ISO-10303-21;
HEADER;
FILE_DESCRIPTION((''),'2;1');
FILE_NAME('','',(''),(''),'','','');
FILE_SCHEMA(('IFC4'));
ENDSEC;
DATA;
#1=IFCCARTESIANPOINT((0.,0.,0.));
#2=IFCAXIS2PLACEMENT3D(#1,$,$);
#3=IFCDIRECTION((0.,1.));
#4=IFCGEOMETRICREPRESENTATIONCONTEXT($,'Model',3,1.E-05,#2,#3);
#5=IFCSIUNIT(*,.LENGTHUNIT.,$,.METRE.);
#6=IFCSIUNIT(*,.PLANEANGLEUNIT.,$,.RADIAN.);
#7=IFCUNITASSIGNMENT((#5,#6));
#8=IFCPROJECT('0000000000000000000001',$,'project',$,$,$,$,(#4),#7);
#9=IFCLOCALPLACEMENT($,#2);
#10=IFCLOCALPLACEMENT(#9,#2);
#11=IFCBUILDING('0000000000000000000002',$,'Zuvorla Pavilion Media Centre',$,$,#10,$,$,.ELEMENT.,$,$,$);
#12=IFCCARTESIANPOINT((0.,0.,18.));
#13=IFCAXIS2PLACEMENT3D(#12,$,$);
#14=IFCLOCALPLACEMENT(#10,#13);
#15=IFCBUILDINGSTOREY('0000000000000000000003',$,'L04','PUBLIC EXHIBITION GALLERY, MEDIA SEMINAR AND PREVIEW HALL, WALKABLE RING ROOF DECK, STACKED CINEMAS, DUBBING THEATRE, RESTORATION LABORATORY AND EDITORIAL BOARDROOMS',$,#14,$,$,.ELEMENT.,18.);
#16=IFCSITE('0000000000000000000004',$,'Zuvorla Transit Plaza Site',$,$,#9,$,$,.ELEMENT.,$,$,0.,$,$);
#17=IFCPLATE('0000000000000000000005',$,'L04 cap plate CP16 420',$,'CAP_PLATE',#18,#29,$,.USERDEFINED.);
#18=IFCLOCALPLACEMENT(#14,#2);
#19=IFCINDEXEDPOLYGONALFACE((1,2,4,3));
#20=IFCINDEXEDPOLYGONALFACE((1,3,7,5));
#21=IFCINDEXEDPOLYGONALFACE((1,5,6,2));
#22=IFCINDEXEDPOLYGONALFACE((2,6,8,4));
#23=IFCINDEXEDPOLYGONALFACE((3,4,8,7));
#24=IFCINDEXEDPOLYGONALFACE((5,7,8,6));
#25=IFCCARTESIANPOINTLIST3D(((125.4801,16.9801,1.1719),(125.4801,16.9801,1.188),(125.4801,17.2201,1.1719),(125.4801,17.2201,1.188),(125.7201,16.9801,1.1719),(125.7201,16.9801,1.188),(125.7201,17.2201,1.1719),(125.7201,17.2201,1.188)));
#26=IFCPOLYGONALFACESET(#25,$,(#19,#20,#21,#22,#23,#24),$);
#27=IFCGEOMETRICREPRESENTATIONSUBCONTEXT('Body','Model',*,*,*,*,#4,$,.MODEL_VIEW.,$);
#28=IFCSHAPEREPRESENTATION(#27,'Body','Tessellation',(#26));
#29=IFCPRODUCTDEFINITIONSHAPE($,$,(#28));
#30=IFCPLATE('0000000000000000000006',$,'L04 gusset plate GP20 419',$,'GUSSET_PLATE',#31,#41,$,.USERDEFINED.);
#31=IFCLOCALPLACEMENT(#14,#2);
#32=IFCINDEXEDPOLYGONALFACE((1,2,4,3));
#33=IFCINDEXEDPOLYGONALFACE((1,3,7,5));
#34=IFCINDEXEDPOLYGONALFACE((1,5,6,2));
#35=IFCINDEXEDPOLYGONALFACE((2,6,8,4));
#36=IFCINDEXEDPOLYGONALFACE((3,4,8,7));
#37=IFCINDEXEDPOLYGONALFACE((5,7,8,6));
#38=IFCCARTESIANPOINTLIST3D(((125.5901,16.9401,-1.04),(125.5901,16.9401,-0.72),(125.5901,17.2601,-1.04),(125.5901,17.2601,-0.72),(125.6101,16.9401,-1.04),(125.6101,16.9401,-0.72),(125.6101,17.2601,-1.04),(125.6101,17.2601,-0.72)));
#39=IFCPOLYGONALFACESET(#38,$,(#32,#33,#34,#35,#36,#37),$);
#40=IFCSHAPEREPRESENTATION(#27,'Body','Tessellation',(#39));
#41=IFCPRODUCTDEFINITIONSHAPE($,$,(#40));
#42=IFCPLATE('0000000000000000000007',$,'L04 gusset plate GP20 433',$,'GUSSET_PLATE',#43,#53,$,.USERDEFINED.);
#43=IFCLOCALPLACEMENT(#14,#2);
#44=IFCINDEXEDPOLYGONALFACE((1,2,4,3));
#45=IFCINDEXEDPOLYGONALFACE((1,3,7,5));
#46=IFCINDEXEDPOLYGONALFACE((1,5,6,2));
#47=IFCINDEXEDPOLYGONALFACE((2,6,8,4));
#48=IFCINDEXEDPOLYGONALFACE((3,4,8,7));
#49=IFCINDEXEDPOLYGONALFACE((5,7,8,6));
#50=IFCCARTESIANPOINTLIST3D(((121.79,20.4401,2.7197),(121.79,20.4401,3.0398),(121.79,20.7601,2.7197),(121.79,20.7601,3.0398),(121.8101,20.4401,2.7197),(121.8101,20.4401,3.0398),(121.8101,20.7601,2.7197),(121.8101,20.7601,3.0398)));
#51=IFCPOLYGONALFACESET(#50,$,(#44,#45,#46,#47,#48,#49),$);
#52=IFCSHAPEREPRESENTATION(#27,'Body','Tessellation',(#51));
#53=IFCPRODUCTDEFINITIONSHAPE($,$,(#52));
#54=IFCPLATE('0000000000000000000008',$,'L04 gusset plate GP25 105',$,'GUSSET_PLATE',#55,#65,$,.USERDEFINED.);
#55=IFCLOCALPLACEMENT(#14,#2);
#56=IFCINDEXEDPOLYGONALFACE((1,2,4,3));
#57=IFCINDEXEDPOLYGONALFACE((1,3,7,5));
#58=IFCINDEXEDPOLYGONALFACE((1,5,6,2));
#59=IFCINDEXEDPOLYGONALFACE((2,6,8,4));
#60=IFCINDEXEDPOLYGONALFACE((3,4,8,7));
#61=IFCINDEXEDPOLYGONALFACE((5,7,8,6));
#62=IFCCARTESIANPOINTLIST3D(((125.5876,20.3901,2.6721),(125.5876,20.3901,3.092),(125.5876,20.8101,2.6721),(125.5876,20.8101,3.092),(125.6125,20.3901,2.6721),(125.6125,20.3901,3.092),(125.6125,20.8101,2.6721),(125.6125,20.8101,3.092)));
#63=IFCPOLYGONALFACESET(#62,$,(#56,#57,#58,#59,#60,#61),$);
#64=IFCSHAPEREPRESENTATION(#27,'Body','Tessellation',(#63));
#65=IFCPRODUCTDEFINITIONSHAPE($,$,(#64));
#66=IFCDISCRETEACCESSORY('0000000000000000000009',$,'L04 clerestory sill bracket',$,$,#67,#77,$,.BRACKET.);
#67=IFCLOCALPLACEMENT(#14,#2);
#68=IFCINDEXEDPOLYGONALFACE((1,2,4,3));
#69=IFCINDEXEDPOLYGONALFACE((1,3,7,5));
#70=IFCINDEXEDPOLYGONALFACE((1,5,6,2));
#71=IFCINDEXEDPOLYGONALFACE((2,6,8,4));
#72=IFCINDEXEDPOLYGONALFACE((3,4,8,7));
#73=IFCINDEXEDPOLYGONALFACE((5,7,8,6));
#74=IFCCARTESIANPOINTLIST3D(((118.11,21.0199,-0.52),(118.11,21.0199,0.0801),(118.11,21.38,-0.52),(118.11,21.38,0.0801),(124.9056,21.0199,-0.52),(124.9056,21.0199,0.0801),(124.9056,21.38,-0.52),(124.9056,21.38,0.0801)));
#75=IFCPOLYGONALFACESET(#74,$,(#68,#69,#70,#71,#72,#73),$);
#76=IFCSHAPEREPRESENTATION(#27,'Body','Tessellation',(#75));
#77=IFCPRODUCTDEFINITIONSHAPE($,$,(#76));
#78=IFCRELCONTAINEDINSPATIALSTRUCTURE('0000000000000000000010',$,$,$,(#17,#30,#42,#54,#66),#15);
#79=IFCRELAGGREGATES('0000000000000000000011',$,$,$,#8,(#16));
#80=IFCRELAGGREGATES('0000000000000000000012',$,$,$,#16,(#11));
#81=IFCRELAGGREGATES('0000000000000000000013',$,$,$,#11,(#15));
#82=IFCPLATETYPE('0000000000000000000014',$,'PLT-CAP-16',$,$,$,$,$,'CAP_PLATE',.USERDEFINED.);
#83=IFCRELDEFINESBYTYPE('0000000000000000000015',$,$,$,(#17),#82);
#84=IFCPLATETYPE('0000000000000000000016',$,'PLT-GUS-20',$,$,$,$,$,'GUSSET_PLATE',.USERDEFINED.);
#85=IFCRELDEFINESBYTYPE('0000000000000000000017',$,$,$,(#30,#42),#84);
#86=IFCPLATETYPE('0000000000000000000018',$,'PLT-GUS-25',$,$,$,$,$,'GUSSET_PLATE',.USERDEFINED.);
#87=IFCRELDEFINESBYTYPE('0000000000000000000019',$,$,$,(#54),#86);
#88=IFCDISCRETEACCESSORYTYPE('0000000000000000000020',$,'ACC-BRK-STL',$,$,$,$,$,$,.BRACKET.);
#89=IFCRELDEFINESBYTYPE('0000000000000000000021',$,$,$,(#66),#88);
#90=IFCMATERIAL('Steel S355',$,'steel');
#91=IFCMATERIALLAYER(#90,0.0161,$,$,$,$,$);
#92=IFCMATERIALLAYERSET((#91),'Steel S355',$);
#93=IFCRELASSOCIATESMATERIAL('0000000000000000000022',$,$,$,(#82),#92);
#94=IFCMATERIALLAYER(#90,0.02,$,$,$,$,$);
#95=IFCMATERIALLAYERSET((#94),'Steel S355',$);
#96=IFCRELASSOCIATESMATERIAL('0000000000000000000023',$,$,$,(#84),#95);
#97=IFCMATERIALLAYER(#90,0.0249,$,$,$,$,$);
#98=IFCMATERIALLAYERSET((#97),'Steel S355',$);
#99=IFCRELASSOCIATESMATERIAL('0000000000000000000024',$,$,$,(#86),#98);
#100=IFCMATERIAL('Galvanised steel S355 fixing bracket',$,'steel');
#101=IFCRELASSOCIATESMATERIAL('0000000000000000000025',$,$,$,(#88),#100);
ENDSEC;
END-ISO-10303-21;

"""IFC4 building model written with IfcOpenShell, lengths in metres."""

from ifc_helpers import new_model, si_unit, direction, frame, origin, origin_2d, place, context, subcontext, project, spatial, rectangle, extrude, material, layer, layer_set, type_object, element, save


model = new_model("IFC4")

# Units and contexts
model_context = context("Model", 3, precision=1e-05, world=origin(), true_north=direction((0.0, 1.0)))
body_context = subcontext(model_context, "Body", "Model", "MODEL_VIEW")
ifc_project = project(units=[si_unit("LENGTHUNIT", "METRE"), si_unit("PLANEANGLEUNIT", "RADIAN")], contexts=[model_context])

# Site, building, storey
site_placement = place(None, origin())
site = spatial("IfcSite", under=ifc_project, at=site_placement, Name="Zuvorla Transit Plaza Site", CompositionType="ELEMENT", RefElevation=0.0)
building_placement = place(site_placement, origin())
building = spatial("IfcBuilding", under=site, at=building_placement, Name="Zuvorla Pavilion Media Centre", CompositionType="ELEMENT")
storey_placement = place(building_placement, frame((0.0, 0.0, 18.0)))
storey = spatial("IfcBuildingStorey", under=building, at=storey_placement, Name="L04", Description="PUBLIC EXHIBITION GALLERY, MEDIA SEMINAR AND PREVIEW HALL, WALKABLE RING ROOF DECK, STACKED CINEMAS, DUBBING THEATRE, RESTORATION LABORATORY AND EDITORIAL BOARDROOMS", CompositionType="ELEMENT", Elevation=18.0)

# Shared definitions
ifc_material_1 = material(Name="Steel S355", Category="steel")

# Plates
ifc_layer_1 = layer(ifc_material_1, 0.0161)
ifc_layer_set_1 = layer_set([ifc_layer_1], Name="Steel S355")
plate_type_1 = type_object("IfcPlateType", Name="PLT-CAP-16", ElementType="CAP_PLATE", PredefinedType="USERDEFINED", material=ifc_layer_set_1)
for number, where, z_axis, x_axis, name in (
    (1, (125.6001, 17.1001, 1.1719), (0.0, 0.0, 1.0), (1.0, 0.0, 0.0), "L04 cap plate CP16 420"),
):
    element("IfcPlate", number, at=place(storey_placement, frame(where, z_axis=z_axis, x_axis=x_axis)), inside=storey, type_object=plate_type_1, Name=name, ObjectType="CAP_PLATE", PredefinedType="USERDEFINED", context=body_context, shape_type="SweptSolid", body=[
        extrude(rectangle(XDim=0.24, YDim=0.24, at=origin_2d()), origin(), (0.0, 0.0, 1.0), 0.0161),
    ])
ifc_layer_2 = layer(ifc_material_1, 0.02)
ifc_layer_set_2 = layer_set([ifc_layer_2], Name="Steel S355")
plate_type_2 = type_object("IfcPlateType", Name="PLT-GUS-20", ElementType="GUSSET_PLATE", PredefinedType="USERDEFINED", material=ifc_layer_set_2)
for number, where, z_axis, x_axis, name in (
    (2, (125.6001, 17.1001, -1.04), (0.0, 0.0, 1.0), (1.0, 0.0, 0.0), "L04 gusset plate GP20 419"),
    (3, (121.8, 20.6001, 2.7197), (0.0, 0.0, 1.0), (1.0, 0.0, 0.0), "L04 gusset plate GP20 433"),
):
    element("IfcPlate", number, at=place(storey_placement, frame(where, z_axis=z_axis, x_axis=x_axis)), inside=storey, type_object=plate_type_2, Name=name, ObjectType="GUSSET_PLATE", PredefinedType="USERDEFINED", context=body_context, shape_type="SweptSolid", body=[
        extrude(rectangle(XDim=0.02, YDim=0.3201, at=origin_2d()), origin(), (0.0, 0.0, 1.0), 0.3201),
    ])
ifc_layer_3 = layer(ifc_material_1, 0.0249)
ifc_layer_set_3 = layer_set([ifc_layer_3], Name="Steel S355")
plate_type_3 = type_object("IfcPlateType", Name="PLT-GUS-25", ElementType="GUSSET_PLATE", PredefinedType="USERDEFINED", material=ifc_layer_set_3)
plate_1_placement = place(storey_placement, frame((125.6001, 20.6001, 2.6721), z_axis=(0.0, 0.0, 1.0), x_axis=(1.0, 0.0, 0.0)))
element("IfcPlate", 4, at=plate_1_placement, inside=storey, type_object=plate_type_3, Name="L04 gusset plate GP25 105", ObjectType="GUSSET_PLATE", PredefinedType="USERDEFINED", context=body_context, shape_type="SweptSolid", body=[
    extrude(rectangle(XDim=0.0249, YDim=0.4199, at=origin_2d()), origin(), (0.0, 0.0, 1.0), 0.4199),
])

# Discrete accessory
ifc_material_2 = material(Name="Galvanised steel S355 fixing bracket", Category="steel")
discrete_accessory_type = type_object("IfcDiscreteAccessoryType", Name="ACC-BRK-STL", PredefinedType="BRACKET", material=ifc_material_2)
discrete_accessory_placement = place(storey_placement, frame((121.5078, 21.2, -0.52), z_axis=(0.0, 0.0, 1.0), x_axis=(1.0, 0.0, 0.0)))
element("IfcDiscreteAccessory", 5, at=discrete_accessory_placement, inside=storey, type_object=discrete_accessory_type, Name="L04 clerestory sill bracket", PredefinedType="BRACKET", context=body_context, shape_type="SweptSolid", body=[
    extrude(rectangle(XDim=6.7957, YDim=0.3601, at=origin_2d()), origin(), (0.0, 0.0, 1.0), 0.6001),
])

save(model, "model.ifc")
